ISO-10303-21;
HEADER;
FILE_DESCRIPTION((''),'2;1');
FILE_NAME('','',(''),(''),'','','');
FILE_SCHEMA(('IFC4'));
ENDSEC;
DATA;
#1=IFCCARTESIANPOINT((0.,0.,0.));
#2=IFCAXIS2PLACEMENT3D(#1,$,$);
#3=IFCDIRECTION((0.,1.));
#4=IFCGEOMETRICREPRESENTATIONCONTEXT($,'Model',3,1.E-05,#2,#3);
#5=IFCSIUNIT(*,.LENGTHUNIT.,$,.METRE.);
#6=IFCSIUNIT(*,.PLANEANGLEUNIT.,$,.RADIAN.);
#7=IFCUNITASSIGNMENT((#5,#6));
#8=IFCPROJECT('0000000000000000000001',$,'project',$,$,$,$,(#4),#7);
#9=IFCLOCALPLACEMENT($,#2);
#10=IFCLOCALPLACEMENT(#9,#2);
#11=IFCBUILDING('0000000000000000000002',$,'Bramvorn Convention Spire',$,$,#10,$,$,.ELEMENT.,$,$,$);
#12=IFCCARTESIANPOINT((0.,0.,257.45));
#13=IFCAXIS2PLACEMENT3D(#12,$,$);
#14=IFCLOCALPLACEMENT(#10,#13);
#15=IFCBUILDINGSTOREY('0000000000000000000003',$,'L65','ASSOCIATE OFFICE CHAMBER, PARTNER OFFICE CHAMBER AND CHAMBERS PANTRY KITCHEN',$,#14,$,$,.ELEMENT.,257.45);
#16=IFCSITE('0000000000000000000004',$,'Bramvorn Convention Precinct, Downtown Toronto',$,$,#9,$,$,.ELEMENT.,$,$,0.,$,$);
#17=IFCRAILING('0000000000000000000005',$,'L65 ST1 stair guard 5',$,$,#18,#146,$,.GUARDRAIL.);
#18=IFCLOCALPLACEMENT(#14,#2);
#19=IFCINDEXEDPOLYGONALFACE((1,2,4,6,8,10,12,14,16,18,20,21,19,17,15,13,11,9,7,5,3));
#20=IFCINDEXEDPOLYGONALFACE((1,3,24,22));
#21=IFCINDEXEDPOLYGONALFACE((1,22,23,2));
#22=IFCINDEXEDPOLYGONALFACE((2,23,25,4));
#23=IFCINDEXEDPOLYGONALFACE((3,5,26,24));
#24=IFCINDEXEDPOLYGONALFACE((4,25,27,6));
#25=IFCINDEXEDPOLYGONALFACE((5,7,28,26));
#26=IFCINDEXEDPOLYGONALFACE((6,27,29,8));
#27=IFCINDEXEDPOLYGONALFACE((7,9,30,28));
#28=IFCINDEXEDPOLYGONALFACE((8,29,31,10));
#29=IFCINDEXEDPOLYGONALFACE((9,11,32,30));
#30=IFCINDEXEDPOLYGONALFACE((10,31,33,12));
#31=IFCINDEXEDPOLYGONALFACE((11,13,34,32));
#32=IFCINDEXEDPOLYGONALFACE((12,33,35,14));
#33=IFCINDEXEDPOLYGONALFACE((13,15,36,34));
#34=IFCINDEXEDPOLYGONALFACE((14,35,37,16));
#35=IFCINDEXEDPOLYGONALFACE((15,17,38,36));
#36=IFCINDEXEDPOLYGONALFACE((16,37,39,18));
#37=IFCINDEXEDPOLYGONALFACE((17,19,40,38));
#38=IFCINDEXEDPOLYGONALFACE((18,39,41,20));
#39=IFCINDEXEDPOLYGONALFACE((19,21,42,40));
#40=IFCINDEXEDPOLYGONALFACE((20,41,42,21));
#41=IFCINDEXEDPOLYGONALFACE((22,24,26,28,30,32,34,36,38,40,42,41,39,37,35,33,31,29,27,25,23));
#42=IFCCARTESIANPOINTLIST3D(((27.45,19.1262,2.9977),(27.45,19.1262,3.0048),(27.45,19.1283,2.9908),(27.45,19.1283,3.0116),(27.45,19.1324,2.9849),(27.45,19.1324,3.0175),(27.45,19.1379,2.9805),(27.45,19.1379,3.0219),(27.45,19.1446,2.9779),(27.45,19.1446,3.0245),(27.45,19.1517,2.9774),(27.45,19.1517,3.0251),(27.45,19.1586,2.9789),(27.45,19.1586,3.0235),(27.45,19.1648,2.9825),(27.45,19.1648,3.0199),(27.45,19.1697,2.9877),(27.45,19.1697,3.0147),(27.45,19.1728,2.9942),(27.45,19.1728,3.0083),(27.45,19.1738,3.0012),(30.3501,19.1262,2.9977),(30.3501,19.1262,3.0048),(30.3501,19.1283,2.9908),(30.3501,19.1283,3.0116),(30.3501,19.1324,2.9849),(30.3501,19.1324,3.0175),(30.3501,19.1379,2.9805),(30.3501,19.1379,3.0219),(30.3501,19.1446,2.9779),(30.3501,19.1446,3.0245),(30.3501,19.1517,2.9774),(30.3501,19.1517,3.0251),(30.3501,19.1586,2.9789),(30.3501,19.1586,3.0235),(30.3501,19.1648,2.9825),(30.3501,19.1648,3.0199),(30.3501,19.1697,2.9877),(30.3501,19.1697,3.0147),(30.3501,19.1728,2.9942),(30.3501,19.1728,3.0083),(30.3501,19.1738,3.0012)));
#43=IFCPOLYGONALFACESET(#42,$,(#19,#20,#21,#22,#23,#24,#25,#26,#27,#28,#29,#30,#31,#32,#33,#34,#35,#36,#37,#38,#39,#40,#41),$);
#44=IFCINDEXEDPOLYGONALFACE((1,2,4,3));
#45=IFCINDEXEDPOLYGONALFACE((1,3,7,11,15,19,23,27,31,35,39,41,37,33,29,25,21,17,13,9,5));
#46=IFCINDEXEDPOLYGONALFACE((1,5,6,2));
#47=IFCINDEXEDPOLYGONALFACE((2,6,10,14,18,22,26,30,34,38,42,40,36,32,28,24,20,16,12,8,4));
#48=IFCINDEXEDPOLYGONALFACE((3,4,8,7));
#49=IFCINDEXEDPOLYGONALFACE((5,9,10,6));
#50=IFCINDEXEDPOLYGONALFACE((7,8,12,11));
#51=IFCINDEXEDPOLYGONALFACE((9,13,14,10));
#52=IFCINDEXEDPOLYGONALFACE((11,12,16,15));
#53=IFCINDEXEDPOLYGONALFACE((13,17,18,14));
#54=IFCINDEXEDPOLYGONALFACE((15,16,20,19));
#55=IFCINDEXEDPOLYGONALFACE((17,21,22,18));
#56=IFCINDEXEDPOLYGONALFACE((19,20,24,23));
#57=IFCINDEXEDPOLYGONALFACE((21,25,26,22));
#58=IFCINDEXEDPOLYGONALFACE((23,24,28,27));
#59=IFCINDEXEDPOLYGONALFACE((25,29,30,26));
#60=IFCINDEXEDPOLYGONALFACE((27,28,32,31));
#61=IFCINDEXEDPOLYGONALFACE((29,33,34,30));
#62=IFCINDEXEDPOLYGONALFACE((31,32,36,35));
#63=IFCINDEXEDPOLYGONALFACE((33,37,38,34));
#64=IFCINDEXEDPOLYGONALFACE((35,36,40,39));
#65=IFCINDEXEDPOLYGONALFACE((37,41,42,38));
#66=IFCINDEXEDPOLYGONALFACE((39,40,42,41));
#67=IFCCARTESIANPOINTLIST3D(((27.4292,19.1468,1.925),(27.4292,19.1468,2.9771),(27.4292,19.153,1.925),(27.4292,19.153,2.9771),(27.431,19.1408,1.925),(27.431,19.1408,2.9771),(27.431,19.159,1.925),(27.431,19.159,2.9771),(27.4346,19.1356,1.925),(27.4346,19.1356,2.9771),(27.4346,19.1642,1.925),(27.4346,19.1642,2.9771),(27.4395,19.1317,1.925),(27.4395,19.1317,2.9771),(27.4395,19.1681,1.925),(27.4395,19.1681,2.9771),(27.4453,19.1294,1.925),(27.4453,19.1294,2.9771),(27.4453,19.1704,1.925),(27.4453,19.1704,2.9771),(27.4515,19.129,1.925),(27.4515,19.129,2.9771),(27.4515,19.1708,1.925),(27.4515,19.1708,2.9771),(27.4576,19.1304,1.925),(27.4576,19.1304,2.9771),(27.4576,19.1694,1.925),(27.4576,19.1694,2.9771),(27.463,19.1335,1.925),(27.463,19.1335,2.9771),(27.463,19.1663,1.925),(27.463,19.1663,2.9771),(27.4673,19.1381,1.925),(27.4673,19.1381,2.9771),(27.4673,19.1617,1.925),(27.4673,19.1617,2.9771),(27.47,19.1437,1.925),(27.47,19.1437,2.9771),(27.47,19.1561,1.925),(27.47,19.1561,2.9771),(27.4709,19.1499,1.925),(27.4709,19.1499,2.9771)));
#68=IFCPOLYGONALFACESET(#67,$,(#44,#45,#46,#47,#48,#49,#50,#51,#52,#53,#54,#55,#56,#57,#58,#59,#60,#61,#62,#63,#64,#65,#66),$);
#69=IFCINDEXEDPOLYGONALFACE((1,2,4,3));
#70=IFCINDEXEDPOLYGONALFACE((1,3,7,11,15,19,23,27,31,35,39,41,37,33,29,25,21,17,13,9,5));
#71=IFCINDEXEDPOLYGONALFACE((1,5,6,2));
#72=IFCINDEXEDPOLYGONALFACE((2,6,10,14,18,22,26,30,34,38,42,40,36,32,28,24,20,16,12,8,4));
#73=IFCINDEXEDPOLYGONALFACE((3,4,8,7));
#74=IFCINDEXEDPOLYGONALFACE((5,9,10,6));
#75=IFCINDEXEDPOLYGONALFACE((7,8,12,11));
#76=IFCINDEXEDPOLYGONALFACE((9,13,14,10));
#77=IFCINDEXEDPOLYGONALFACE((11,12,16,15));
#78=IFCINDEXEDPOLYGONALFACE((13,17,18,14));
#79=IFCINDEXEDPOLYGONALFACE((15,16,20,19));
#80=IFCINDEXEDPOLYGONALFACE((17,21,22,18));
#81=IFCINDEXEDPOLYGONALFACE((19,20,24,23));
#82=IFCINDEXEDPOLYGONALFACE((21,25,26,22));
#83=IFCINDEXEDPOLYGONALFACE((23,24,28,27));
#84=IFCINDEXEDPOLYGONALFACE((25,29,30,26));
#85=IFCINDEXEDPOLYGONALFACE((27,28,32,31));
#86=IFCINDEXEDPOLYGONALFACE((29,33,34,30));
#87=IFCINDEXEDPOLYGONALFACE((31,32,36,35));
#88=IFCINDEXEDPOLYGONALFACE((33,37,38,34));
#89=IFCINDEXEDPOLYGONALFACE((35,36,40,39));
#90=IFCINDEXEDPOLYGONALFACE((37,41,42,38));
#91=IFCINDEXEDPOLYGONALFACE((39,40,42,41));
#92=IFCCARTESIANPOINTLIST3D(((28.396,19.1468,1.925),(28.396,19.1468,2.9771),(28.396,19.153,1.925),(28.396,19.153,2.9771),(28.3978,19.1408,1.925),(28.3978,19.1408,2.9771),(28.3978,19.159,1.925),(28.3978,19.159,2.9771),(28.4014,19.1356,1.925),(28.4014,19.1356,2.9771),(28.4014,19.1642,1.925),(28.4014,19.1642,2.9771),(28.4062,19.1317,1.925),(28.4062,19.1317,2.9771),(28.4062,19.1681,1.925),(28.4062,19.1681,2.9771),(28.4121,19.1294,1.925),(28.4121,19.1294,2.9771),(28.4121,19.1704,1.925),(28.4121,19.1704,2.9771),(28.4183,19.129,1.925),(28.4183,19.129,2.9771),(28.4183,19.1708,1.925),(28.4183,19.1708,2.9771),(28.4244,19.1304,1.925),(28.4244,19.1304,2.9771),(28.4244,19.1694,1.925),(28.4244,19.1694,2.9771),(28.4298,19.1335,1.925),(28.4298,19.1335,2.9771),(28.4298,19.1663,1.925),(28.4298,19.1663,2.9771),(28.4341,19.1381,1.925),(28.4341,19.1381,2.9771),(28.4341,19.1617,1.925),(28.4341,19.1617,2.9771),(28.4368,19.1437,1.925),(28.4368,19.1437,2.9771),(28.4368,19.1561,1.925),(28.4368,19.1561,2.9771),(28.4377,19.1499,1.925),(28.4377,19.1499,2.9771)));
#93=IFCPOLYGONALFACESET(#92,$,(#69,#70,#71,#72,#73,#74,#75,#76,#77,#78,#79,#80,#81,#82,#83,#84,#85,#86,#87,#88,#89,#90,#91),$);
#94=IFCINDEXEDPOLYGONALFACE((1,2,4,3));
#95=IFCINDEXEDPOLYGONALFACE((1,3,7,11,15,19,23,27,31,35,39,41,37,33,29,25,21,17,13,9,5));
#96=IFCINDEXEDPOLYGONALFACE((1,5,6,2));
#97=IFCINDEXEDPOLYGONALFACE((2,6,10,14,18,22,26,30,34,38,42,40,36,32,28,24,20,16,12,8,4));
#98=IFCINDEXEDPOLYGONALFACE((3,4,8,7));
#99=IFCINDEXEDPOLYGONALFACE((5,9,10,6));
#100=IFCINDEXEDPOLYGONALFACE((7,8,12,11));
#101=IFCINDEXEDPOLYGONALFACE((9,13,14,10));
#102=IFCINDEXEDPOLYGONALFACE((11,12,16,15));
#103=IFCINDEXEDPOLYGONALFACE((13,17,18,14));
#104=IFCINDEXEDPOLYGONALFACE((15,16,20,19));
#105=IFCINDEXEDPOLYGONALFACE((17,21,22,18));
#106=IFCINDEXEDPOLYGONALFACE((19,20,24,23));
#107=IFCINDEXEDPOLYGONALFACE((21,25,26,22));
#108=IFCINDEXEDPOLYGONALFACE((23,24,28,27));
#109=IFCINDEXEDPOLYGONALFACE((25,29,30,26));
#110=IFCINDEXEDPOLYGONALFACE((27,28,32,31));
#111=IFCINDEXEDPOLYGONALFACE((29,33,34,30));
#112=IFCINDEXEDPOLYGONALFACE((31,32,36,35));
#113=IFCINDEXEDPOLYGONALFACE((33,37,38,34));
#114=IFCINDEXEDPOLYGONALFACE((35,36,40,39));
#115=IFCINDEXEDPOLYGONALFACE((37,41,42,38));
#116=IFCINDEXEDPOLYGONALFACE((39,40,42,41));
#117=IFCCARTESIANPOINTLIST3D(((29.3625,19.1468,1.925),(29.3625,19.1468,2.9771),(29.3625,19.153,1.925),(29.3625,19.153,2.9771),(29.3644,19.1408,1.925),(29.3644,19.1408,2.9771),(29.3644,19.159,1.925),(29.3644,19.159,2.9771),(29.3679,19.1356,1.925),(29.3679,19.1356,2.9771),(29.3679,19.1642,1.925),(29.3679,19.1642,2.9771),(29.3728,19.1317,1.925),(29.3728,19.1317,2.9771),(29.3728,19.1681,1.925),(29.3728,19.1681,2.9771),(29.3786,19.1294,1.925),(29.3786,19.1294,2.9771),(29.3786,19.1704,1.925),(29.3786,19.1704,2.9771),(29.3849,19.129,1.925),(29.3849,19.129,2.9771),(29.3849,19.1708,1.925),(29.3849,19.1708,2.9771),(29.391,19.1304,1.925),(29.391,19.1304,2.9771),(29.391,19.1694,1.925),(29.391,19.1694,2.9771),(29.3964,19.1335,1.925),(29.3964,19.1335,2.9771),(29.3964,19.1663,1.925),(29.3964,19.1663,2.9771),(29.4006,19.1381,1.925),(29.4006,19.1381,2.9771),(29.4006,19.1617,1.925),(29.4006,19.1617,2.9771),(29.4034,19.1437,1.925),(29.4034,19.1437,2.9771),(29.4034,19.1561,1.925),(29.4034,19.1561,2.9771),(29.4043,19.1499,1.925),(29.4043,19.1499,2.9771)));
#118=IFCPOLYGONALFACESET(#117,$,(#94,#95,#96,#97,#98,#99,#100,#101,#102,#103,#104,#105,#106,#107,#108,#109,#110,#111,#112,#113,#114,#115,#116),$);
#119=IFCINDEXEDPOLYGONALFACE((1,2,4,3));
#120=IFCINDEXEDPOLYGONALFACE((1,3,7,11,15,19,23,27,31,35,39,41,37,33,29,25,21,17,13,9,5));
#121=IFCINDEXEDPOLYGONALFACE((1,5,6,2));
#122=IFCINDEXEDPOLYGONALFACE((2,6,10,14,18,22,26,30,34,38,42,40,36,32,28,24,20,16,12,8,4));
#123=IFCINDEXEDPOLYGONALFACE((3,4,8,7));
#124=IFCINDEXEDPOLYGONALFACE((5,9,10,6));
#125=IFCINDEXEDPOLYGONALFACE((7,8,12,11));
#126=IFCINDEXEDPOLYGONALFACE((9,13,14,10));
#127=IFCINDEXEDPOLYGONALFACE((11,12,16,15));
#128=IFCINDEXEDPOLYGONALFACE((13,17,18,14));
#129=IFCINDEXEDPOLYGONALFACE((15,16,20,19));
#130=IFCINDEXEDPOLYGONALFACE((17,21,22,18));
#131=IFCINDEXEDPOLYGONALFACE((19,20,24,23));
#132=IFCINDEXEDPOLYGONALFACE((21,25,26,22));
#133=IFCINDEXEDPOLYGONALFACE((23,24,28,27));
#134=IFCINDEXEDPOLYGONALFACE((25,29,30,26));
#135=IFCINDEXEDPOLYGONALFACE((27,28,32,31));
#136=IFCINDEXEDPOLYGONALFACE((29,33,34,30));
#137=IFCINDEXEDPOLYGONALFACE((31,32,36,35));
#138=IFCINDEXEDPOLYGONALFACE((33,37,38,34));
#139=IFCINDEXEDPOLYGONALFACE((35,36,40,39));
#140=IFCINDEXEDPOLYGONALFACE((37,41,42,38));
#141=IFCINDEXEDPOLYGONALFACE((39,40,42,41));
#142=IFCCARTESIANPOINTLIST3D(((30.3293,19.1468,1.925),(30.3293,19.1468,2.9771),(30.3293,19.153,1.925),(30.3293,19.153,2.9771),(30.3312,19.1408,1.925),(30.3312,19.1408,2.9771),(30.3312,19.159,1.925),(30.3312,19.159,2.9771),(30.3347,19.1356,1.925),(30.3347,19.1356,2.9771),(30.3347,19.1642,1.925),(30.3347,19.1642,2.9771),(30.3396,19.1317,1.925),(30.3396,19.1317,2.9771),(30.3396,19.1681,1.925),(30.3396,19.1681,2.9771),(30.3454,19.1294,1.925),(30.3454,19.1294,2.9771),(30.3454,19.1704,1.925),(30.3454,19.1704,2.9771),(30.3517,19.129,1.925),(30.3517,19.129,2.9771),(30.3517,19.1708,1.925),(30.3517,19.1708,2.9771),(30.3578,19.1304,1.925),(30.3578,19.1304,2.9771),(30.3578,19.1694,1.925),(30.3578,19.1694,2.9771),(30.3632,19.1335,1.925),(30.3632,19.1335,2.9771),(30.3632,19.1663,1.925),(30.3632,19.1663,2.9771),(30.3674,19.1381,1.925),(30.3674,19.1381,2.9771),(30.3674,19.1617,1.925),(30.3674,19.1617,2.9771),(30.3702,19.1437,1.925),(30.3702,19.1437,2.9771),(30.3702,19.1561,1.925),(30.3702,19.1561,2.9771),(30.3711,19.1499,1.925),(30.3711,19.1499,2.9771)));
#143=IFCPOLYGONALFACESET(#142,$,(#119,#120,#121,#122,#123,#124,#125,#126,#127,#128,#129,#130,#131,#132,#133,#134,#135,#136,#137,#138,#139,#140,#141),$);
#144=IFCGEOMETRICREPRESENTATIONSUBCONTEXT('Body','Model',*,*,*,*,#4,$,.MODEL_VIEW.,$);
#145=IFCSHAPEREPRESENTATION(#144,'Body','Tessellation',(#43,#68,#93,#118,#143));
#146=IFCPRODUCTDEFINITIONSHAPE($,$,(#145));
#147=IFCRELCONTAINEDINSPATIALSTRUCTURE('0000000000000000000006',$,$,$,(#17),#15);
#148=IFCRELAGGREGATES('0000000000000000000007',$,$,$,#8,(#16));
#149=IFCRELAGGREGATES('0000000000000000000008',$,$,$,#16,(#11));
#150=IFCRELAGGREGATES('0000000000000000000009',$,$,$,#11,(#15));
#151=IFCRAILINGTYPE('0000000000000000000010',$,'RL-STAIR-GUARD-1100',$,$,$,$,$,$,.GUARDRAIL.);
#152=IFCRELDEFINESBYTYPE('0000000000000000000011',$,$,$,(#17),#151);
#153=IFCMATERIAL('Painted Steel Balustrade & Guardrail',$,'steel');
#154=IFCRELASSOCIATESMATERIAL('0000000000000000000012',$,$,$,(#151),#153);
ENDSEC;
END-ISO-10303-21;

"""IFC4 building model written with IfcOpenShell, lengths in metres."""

from ifc_helpers import new_model, si_unit, direction, frame, origin, origin_2d, place, context, subcontext, project, spatial, circle, extrude, material, type_object, element, save


model = new_model("IFC4")

# Units and contexts
model_context = context("Model", 3, precision=1e-05, world=origin(), true_north=direction((0.0, 1.0)))
body_context = subcontext(model_context, "Body", "Model", "MODEL_VIEW")
ifc_project = project(units=[si_unit("LENGTHUNIT", "METRE"), si_unit("PLANEANGLEUNIT", "RADIAN")], contexts=[model_context])

# Site, building, storey
site_placement = place(None, origin())
site = spatial("IfcSite", under=ifc_project, at=site_placement, Name="Bramvorn Convention Precinct, Downtown Toronto", CompositionType="ELEMENT", RefElevation=0.0)
building_placement = place(site_placement, origin())
building = spatial("IfcBuilding", under=site, at=building_placement, Name="Bramvorn Convention Spire", CompositionType="ELEMENT")
storey_placement = place(building_placement, frame((0.0, 0.0, 257.45)))
storey = spatial("IfcBuildingStorey", under=building, at=storey_placement, Name="L65", Description="ASSOCIATE OFFICE CHAMBER, PARTNER OFFICE CHAMBER AND CHAMBERS PANTRY KITCHEN", CompositionType="ELEMENT", Elevation=257.45)

# Railing
ifc_material_1 = material(Name="Painted Steel Balustrade & Guardrail", Category="steel")
railing_type_1 = type_object("IfcRailingType", Name="RL-STAIR-GUARD-1100", PredefinedType="GUARDRAIL", material=ifc_material_1)
railing_1_placement = place(storey_placement, frame((27.45, 19.1499, 1.925)))
element("IfcRailing", 1, at=railing_1_placement, inside=storey, type_object=railing_type_1, Name="L65 ST1 stair guard 5", PredefinedType="GUARDRAIL", context=body_context, shape_type="SweptSolid", body=[
    extrude(circle(Radius=0.0239, at=origin_2d()), frame((0.0, 0.0, 1.0762), z_axis=(1.0, 0.0, 0.0), x_axis=(0.0, 1.0, 0.0)), (0.0, 0.0, 1.0), 2.9001),
    extrude(circle(Radius=0.021, at=origin_2d()), origin(), (0.0, 0.0, 1.0), 1.052),
    extrude(circle(Radius=0.021, at=origin_2d()), frame((0.9668, 0.0, 0.0)), (0.0, 0.0, 1.0), 1.052),
    extrude(circle(Radius=0.021, at=origin_2d()), frame((1.9333, 0.0, 0.0)), (0.0, 0.0, 1.0), 1.052),
    extrude(circle(Radius=0.021, at=origin_2d()), frame((2.9001, 0.0, 0.0)), (0.0, 0.0, 1.0), 1.052),
])

save(model, "model.ifc")
